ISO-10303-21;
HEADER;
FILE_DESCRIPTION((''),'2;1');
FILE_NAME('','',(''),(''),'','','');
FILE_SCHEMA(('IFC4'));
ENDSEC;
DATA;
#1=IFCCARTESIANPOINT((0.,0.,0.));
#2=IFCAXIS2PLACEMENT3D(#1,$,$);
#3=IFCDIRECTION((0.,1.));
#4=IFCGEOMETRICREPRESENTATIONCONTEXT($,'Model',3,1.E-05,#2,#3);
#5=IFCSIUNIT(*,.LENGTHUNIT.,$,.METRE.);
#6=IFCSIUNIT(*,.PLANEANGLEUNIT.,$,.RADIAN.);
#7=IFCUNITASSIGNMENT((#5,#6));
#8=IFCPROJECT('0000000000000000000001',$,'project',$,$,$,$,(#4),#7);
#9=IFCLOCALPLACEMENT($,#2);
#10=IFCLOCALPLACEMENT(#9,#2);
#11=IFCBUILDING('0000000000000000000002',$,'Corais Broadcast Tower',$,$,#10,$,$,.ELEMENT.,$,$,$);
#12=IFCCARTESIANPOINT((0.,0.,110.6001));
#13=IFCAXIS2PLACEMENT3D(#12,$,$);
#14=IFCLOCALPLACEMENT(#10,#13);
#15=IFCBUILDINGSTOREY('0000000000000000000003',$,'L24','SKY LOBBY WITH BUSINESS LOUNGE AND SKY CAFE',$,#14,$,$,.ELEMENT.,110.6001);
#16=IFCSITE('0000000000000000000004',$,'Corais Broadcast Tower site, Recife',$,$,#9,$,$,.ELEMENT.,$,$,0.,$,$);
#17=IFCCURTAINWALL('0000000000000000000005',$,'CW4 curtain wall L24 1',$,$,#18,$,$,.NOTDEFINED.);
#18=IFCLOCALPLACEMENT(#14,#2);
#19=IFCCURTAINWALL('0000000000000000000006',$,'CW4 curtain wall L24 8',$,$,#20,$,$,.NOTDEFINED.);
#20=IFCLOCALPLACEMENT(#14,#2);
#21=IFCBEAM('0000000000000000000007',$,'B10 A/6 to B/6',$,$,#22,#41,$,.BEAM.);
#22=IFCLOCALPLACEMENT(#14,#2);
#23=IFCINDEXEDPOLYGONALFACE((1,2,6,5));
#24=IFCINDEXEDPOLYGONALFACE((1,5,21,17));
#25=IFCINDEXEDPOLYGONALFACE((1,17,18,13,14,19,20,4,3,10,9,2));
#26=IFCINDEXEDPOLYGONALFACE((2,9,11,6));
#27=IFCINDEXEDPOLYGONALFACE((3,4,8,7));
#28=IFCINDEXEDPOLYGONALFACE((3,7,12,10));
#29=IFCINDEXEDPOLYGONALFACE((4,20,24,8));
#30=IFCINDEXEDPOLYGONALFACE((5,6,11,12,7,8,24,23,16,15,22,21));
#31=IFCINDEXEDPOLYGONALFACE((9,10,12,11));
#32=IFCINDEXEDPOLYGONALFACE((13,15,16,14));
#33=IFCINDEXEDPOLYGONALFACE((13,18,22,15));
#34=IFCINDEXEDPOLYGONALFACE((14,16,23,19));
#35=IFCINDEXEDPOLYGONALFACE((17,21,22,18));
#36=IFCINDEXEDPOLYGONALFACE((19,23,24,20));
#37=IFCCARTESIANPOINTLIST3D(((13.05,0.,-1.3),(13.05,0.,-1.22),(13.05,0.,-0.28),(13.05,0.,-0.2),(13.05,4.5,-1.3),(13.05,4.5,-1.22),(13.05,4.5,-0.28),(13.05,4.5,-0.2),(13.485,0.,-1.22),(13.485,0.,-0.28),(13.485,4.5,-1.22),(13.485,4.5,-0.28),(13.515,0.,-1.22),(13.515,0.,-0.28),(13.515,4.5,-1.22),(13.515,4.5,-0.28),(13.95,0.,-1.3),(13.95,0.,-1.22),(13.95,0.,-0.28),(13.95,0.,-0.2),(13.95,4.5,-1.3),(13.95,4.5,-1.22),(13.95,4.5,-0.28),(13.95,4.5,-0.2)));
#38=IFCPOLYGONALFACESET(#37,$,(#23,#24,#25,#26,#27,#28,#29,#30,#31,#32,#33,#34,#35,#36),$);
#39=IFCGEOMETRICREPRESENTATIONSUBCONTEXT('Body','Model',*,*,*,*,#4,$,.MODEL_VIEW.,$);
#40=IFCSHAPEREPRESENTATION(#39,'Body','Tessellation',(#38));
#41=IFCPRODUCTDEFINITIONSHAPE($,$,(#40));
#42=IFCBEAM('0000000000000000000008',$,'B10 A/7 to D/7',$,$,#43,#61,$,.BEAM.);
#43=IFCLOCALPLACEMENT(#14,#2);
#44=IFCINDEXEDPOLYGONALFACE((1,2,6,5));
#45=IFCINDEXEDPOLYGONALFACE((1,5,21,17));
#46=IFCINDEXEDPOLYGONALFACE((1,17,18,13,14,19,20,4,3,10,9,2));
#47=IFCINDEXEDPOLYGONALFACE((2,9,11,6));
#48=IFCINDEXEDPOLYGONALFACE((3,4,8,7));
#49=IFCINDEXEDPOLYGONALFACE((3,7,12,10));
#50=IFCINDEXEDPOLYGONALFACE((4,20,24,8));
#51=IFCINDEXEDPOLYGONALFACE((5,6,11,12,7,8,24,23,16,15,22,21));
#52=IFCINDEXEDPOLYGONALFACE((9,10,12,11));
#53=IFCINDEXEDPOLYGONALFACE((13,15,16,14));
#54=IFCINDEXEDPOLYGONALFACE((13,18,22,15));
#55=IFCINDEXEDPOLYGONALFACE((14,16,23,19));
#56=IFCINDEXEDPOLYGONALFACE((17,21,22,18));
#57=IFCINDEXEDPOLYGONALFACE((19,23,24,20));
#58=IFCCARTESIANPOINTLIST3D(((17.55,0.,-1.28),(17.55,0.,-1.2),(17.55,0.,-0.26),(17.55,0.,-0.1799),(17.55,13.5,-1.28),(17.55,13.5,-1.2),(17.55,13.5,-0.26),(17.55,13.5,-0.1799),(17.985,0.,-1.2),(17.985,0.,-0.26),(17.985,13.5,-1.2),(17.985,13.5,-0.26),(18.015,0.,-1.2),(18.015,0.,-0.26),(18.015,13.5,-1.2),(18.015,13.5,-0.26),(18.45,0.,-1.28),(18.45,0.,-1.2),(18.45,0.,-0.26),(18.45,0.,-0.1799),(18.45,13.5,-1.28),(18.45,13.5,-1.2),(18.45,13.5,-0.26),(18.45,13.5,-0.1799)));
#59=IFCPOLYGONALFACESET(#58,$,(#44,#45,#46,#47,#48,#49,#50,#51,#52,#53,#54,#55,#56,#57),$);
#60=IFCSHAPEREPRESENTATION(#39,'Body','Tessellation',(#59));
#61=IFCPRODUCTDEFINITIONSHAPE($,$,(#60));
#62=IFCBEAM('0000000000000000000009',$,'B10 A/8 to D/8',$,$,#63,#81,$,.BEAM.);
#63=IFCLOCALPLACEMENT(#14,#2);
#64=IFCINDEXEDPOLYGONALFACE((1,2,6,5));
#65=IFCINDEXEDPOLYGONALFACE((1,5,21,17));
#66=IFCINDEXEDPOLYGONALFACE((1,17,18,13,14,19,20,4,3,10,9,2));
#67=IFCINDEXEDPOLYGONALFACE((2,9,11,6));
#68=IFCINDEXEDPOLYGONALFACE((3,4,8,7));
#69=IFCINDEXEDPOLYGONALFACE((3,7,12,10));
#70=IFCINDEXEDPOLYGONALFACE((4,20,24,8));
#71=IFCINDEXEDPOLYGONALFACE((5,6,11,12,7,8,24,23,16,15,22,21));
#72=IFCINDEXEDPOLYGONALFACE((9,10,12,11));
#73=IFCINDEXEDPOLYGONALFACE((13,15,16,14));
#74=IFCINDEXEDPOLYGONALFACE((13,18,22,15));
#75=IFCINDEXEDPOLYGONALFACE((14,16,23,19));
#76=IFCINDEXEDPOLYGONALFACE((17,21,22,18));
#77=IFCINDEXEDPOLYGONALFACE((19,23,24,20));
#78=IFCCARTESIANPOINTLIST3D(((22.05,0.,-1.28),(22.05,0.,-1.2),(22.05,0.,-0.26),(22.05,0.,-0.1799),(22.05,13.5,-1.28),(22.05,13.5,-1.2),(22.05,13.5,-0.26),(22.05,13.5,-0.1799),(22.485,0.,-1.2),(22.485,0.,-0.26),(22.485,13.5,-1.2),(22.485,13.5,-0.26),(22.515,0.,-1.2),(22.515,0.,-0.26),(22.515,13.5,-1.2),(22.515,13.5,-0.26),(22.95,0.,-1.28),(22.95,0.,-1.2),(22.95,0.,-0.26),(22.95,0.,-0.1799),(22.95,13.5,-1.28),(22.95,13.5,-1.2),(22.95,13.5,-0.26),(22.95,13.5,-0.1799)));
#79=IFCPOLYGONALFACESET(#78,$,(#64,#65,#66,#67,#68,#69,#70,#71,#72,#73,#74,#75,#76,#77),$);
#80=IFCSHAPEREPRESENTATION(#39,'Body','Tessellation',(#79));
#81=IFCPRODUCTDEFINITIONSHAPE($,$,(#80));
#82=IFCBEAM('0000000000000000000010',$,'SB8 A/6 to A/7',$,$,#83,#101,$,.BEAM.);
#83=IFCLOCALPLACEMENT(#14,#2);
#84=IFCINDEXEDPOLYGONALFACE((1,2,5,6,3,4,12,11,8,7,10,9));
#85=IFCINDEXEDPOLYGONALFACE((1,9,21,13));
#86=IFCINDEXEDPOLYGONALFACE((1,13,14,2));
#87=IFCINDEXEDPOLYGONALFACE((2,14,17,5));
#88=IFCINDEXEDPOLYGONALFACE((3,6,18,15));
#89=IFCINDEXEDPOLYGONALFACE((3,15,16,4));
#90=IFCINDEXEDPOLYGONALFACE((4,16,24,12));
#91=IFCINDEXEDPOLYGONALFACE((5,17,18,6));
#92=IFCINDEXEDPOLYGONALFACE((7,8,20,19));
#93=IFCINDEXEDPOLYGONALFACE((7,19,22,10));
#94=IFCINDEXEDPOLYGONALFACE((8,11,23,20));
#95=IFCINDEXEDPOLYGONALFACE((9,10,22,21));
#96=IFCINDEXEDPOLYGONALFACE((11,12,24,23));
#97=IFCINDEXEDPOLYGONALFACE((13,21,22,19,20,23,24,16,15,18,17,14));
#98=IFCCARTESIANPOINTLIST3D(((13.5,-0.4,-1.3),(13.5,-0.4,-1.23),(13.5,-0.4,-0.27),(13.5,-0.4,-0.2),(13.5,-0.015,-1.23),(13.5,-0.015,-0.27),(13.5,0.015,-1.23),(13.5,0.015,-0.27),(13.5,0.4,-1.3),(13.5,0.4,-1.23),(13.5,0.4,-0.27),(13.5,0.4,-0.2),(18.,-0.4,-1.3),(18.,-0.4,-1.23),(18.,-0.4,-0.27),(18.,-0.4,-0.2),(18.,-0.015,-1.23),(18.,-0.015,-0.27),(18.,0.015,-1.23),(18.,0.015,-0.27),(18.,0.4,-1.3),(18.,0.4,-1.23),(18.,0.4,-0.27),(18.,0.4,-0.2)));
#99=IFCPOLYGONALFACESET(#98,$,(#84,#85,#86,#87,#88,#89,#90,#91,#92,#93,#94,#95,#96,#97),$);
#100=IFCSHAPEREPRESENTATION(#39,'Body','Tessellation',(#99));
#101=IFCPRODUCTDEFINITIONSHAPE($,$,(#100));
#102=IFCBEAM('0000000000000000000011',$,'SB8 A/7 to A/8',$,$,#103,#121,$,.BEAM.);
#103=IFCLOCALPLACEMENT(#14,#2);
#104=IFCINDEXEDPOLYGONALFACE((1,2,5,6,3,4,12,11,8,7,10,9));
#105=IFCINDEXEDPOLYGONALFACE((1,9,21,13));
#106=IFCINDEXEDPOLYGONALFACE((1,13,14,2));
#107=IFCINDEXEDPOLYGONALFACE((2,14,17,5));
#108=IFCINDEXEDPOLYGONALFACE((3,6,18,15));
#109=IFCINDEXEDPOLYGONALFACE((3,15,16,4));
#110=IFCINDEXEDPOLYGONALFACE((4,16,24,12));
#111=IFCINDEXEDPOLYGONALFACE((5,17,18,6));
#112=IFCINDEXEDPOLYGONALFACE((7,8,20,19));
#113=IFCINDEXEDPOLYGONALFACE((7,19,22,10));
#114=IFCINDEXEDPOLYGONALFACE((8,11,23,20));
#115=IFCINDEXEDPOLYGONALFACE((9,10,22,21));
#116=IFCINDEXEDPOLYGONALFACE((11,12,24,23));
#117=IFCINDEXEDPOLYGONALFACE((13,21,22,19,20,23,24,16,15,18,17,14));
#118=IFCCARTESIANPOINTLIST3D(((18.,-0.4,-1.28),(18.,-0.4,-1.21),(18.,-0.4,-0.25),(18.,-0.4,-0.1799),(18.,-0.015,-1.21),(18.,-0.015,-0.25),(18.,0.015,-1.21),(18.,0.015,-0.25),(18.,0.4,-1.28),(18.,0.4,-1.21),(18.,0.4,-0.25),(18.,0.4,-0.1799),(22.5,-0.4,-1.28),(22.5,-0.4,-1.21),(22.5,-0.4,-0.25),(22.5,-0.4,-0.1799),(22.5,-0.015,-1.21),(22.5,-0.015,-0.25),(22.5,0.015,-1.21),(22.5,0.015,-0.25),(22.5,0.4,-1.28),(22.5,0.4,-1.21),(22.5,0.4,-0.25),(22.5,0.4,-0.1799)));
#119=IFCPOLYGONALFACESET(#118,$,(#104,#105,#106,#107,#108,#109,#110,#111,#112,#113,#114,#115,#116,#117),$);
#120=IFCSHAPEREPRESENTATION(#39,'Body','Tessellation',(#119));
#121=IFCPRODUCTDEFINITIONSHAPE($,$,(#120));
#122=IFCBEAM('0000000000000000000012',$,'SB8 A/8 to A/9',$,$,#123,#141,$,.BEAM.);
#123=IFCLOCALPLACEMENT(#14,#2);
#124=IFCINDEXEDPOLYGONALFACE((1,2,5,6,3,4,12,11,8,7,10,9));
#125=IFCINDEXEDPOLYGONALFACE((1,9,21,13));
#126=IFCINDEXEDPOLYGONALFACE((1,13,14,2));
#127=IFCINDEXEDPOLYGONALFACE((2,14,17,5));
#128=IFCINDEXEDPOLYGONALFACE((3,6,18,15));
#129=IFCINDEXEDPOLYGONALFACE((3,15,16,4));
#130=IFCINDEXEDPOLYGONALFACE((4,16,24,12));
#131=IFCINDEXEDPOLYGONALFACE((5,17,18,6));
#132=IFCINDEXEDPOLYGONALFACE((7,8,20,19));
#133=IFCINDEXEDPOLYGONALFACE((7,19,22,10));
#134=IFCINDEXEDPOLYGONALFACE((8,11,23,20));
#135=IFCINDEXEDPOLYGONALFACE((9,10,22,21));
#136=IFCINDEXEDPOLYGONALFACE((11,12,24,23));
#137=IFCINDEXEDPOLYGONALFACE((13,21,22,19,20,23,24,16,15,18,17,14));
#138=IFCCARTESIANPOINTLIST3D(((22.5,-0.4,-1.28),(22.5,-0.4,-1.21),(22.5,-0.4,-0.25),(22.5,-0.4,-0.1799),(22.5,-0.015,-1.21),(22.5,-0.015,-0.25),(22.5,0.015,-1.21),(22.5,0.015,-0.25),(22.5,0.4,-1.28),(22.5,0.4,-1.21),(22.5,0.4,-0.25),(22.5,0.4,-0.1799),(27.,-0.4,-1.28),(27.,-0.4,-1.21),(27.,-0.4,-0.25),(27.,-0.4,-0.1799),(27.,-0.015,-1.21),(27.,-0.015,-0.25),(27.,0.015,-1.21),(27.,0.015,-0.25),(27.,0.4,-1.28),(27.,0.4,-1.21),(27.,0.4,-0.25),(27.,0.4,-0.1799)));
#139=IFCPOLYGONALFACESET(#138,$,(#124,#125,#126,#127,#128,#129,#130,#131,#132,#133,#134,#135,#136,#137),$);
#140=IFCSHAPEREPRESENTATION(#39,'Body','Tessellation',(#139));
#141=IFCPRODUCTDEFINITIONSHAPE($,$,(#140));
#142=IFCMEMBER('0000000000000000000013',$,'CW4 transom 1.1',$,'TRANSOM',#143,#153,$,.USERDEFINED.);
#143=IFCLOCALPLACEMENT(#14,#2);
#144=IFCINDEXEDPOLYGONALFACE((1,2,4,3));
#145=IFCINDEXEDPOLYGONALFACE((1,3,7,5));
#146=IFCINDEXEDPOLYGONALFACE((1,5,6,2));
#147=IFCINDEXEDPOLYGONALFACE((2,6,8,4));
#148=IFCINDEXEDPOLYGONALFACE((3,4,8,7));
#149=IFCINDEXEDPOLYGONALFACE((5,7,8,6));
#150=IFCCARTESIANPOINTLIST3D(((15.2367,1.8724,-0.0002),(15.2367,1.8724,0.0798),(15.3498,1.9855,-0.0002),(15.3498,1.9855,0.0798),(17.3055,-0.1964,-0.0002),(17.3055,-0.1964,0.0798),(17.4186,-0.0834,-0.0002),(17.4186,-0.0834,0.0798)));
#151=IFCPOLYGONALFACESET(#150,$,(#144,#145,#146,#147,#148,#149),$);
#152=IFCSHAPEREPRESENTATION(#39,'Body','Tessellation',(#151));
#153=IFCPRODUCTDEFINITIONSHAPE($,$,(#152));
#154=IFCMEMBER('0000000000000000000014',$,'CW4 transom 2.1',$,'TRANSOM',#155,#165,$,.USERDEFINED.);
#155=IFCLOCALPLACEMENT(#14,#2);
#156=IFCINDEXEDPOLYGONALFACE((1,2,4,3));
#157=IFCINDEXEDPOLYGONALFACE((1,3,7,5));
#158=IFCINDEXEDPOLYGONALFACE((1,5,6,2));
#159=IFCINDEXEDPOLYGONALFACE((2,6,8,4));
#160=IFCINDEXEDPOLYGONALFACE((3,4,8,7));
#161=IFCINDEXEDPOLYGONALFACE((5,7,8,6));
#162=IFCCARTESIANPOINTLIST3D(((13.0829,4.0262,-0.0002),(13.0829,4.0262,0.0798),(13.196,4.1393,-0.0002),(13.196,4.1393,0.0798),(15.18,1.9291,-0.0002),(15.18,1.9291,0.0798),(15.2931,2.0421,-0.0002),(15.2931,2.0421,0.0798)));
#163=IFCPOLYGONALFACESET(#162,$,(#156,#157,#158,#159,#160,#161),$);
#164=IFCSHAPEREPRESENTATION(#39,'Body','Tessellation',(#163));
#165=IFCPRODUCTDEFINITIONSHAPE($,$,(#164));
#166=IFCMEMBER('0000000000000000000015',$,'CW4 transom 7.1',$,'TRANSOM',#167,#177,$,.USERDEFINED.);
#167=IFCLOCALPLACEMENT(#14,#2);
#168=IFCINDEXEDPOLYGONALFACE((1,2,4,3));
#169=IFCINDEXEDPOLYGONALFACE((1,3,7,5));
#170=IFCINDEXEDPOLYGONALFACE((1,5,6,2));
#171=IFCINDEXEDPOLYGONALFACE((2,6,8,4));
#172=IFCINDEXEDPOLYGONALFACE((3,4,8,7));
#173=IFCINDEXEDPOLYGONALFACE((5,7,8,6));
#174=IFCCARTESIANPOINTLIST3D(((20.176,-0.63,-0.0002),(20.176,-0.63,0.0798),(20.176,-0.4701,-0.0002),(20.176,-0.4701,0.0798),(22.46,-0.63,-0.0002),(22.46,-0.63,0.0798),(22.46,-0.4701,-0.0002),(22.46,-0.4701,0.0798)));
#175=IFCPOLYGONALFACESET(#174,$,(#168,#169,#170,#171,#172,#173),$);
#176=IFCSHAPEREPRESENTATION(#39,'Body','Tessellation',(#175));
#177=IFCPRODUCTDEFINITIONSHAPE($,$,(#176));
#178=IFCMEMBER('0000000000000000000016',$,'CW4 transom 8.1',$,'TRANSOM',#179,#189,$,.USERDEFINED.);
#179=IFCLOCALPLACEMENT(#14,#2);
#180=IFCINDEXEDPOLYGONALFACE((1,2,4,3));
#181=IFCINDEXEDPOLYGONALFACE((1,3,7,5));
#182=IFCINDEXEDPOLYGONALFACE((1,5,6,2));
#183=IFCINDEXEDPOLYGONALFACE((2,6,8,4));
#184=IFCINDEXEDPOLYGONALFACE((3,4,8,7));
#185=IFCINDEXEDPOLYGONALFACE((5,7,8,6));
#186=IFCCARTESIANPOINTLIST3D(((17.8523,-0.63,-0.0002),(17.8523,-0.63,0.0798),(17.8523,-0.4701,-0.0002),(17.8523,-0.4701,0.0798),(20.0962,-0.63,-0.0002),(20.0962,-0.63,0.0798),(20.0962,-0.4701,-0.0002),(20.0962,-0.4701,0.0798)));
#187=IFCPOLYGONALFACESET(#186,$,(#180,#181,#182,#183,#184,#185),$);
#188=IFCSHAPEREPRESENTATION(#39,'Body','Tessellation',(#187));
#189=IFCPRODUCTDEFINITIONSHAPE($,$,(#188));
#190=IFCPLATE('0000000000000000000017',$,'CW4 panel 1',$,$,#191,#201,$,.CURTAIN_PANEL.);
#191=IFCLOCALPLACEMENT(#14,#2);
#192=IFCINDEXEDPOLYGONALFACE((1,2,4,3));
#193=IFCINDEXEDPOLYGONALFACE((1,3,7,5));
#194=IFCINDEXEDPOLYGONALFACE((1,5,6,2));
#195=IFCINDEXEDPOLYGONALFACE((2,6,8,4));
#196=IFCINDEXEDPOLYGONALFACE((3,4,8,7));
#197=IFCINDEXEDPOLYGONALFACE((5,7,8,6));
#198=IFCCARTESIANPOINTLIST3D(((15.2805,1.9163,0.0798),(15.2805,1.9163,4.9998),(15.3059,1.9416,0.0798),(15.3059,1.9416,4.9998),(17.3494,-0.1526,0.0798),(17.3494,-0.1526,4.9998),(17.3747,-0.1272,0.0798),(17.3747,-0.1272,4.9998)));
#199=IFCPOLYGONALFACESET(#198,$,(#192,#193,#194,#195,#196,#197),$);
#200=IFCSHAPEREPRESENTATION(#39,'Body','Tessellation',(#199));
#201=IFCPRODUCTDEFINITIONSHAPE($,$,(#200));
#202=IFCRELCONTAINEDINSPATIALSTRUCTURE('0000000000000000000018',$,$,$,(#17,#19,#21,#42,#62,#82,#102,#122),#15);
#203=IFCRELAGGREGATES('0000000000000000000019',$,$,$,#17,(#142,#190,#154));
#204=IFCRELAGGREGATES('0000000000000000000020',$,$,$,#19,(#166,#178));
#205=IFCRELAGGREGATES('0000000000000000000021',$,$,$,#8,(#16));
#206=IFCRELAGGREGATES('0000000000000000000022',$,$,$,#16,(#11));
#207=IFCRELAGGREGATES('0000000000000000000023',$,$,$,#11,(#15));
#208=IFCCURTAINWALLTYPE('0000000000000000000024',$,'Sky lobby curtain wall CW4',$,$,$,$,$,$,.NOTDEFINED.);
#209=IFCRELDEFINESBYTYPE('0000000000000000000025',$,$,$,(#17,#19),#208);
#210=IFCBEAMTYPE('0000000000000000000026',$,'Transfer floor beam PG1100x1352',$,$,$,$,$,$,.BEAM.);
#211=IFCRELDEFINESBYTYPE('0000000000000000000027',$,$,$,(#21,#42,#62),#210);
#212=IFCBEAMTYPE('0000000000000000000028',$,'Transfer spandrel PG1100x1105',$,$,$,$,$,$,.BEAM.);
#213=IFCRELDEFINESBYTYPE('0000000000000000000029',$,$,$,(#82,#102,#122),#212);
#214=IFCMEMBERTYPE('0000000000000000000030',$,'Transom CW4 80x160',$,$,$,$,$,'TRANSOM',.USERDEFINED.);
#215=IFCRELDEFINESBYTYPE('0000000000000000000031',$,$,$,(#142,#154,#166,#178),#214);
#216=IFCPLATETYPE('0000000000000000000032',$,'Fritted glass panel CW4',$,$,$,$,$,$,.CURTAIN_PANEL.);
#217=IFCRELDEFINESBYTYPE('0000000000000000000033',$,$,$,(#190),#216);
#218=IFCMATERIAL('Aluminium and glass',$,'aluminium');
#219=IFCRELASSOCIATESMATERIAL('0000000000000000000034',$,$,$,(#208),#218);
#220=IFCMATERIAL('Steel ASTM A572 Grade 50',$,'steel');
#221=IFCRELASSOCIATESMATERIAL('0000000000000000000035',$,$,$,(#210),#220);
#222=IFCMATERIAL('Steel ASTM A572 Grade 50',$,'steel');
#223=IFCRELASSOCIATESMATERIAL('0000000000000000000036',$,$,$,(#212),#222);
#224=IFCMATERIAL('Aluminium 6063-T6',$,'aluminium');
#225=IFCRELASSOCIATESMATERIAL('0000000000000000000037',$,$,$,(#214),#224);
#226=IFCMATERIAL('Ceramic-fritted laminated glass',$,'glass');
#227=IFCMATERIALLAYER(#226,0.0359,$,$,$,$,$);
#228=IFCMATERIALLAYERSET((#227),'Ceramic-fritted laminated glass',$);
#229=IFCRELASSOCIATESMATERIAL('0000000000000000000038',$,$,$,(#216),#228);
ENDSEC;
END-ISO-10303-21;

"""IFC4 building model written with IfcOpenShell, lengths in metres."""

from ifc_helpers import new_model, si_unit, direction, frame, origin, origin_2d, place, context, subcontext, project, spatial, rectangle, i_section, extrude, material, layer, layer_set, material_profile, profile_set, type_object, element, aggregate, save


model = new_model("IFC4")

# Units and contexts
model_context = context("Model", 3, precision=1e-05, world=origin(), true_north=direction((0.0, 1.0)))
body_context = subcontext(model_context, "Body", "Model", "MODEL_VIEW")
ifc_project = project(units=[si_unit("LENGTHUNIT", "METRE"), si_unit("PLANEANGLEUNIT", "RADIAN")], contexts=[model_context])

# Site, building, storey
site_placement = place(None, origin())
site = spatial("IfcSite", under=ifc_project, at=site_placement, Name="Corais Broadcast Tower site, Recife", CompositionType="ELEMENT", RefElevation=0.0)
building_placement = place(site_placement, origin())
building = spatial("IfcBuilding", under=site, at=building_placement, Name="Corais Broadcast Tower", CompositionType="ELEMENT")
storey_placement = place(building_placement, frame((0.0, 0.0, 110.6001)))
storey = spatial("IfcBuildingStorey", under=building, at=storey_placement, Name="L24", Description="SKY LOBBY WITH BUSINESS LOUNGE AND SKY CAFE", CompositionType="ELEMENT", Elevation=110.6001)

# Curtain walls
ifc_material_1 = material(Name="Aluminium and glass", Category="aluminium")
curtain_wall_type = type_object("IfcCurtainWallType", Name="Sky lobby curtain wall CW4", PredefinedType="NOTDEFINED", material=ifc_material_1)
curtain_wall_1_placement = place(storey_placement, origin())
curtain_wall_1 = element("IfcCurtainWall", 1, at=curtain_wall_1_placement, inside=storey, type_object=curtain_wall_type, Name="CW4 curtain wall L24 1", PredefinedType="NOTDEFINED")
curtain_wall_2_placement = place(storey_placement, origin())
curtain_wall_2 = element("IfcCurtainWall", 2, at=curtain_wall_2_placement, inside=storey, type_object=curtain_wall_type, Name="CW4 curtain wall L24 8", PredefinedType="NOTDEFINED")

# Beams
ifc_material_2 = material(Name="Steel ASTM A572 Grade 50", Category="steel")
ifc_material_profile_1 = material_profile(ifc_material_2, i_section(OverallWidth=0.8999, OverallDepth=1.1001, WebThickness=0.03, FlangeThickness=0.0801, at=origin_2d()), Name="PG1100x1352")
ifc_profile_set_1 = profile_set([ifc_material_profile_1], Name="Steel ASTM A572 Grade 50")
beam_type_1 = type_object("IfcBeamType", Name="Transfer floor beam PG1100x1352", PredefinedType="BEAM", material=ifc_profile_set_1)
beam_1_placement = place(storey_placement, frame((13.5, 0.0, -0.75), z_axis=(0.0, 1.0, 0.0), x_axis=(-1.0, 0.0, 0.0)))
element("IfcBeam", 3, at=beam_1_placement, inside=storey, type_object=beam_type_1, Name="B10 A/6 to B/6", PredefinedType="BEAM", context=body_context, shape_type="SweptSolid", body=[
    extrude(i_section(OverallWidth=0.8999, OverallDepth=1.1001, WebThickness=0.03, FlangeThickness=0.0801, at=origin_2d()), origin(), (0.0, 0.0, 1.0), 4.5),
])
for number, where, z_axis, x_axis, name in (
    (4, (18.0, 0.0, -0.73), (0.0, 1.0, 0.0), (-1.0, 0.0, 0.0), "B10 A/7 to D/7"),
    (5, (22.5, 0.0, -0.73), (0.0, 1.0, 0.0), (-1.0, 0.0, 0.0), "B10 A/8 to D/8"),
):
    element("IfcBeam", number, at=place(storey_placement, frame(where, z_axis=z_axis, x_axis=x_axis)), inside=storey, type_object=beam_type_1, Name=name, PredefinedType="BEAM", context=body_context, shape_type="SweptSolid", body=[
        extrude(i_section(OverallWidth=0.8999, OverallDepth=1.1001, WebThickness=0.03, FlangeThickness=0.0801, at=origin_2d()), origin(), (0.0, 0.0, 1.0), 13.5),
    ])
ifc_material_3 = material(Name="Steel ASTM A572 Grade 50", Category="steel")
ifc_material_profile_2 = material_profile(ifc_material_3, i_section(OverallWidth=0.8, OverallDepth=1.1001, WebThickness=0.03, FlangeThickness=0.0701, at=origin_2d()), Name="PG1100x1105")
ifc_profile_set_2 = profile_set([ifc_material_profile_2], Name="Steel ASTM A572 Grade 50")
beam_type_2 = type_object("IfcBeamType", Name="Transfer spandrel PG1100x1105", PredefinedType="BEAM", material=ifc_profile_set_2)
for number, where, z_axis, x_axis, name in (
    (6, (13.5, 0.0, -0.75), (1.0, 0.0, 0.0), (0.0, 1.0, 0.0), "SB8 A/6 to A/7"),
    (7, (18.0, 0.0, -0.73), (1.0, 0.0, 0.0), (0.0, 1.0, 0.0), "SB8 A/7 to A/8"),
    (8, (22.5, 0.0, -0.73), (1.0, 0.0, 0.0), (0.0, 1.0, 0.0), "SB8 A/8 to A/9"),
):
    element("IfcBeam", number, at=place(storey_placement, frame(where, z_axis=z_axis, x_axis=x_axis)), inside=storey, type_object=beam_type_2, Name=name, PredefinedType="BEAM", context=body_context, shape_type="SweptSolid", body=[
        extrude(i_section(OverallWidth=0.8, OverallDepth=1.1001, WebThickness=0.03, FlangeThickness=0.0701, at=origin_2d()), origin(), (0.0, 0.0, 1.0), 4.5),
    ])

# Members
ifc_material_4 = material(Name="Aluminium 6063-T6", Category="aluminium")
ifc_material_profile_3 = material_profile(ifc_material_4, rectangle(XDim=0.1599, YDim=0.0801, at=origin_2d()), Name="Transom CW4 80x160")
ifc_profile_set_3 = profile_set([ifc_material_profile_3], Name="Aluminium 6063-T6")
member_type_1 = type_object("IfcMemberType", Name="Transom CW4 80x160", ElementType="TRANSOM", PredefinedType="USERDEFINED", material=ifc_profile_set_3)
member_1_placement = place(storey_placement, frame((17.3621, -0.1399, 0.0398), z_axis=(-0.707107, 0.707107, 0.0), x_axis=(-0.707107, -0.707107, 0.0)))
member_1 = element("IfcMember", 9, at=member_1_placement, type_object=member_type_1, Name="CW4 transom 1.1", ObjectType="TRANSOM", PredefinedType="USERDEFINED", context=body_context, shape_type="SweptSolid", body=[
    extrude(rectangle(XDim=0.1599, YDim=0.0801, at=origin_2d()), origin(), (0.0, 0.0, 1.0), 2.9258),
])
member_2_placement = place(storey_placement, frame((15.2366, 1.9856, 0.0398), z_axis=(-0.707107, 0.707107, 0.0), x_axis=(-0.707107, -0.707107, 0.0)))
member_2 = element("IfcMember", 10, at=member_2_placement, type_object=member_type_1, Name="CW4 transom 2.1", ObjectType="TRANSOM", PredefinedType="USERDEFINED", context=body_context, shape_type="SweptSolid", body=[
    extrude(rectangle(XDim=0.1599, YDim=0.0801, at=origin_2d()), origin(), (0.0, 0.0, 1.0), 2.9658),
])
member_3_placement = place(storey_placement, frame((22.46, -0.55, 0.0398), z_axis=(-1.0, 0.0, 0.0), x_axis=(0.0, -1.0, 0.0)))
member_3 = element("IfcMember", 11, at=member_3_placement, type_object=member_type_1, Name="CW4 transom 7.1", ObjectType="TRANSOM", PredefinedType="USERDEFINED", context=body_context, shape_type="SweptSolid", body=[
    extrude(rectangle(XDim=0.1599, YDim=0.0801, at=origin_2d()), origin(), (0.0, 0.0, 1.0), 2.2839),
])
member_4_placement = place(storey_placement, frame((20.0962, -0.55, 0.0398), z_axis=(-1.0, 0.0, 0.0), x_axis=(0.0, -1.0, 0.0)))
member_4 = element("IfcMember", 12, at=member_4_placement, type_object=member_type_1, Name="CW4 transom 8.1", ObjectType="TRANSOM", PredefinedType="USERDEFINED", context=body_context, shape_type="SweptSolid", body=[
    extrude(rectangle(XDim=0.1599, YDim=0.0801, at=origin_2d()), origin(), (0.0, 0.0, 1.0), 2.2439),
])

# Plate
ifc_material_5 = material(Name="Ceramic-fritted laminated glass", Category="glass")
ifc_layer_1 = layer(ifc_material_5, 0.0359)
ifc_layer_set_1 = layer_set([ifc_layer_1], Name="Ceramic-fritted laminated glass")
plate_type_1 = type_object("IfcPlateType", Name="Fritted glass panel CW4", PredefinedType="CURTAIN_PANEL", material=ifc_layer_set_1)
plate_1_placement = place(storey_placement, frame((16.3276, 0.8945, 0.0798), z_axis=(0.0, 0.0, 1.0), x_axis=(-0.707107, 0.707107, 0.0)))
plate_1 = element("IfcPlate", 13, at=plate_1_placement, type_object=plate_type_1, Name="CW4 panel 1", PredefinedType="CURTAIN_PANEL", context=body_context, shape_type="SweptSolid", body=[
    extrude(rectangle(XDim=2.9258, YDim=0.0359, at=origin_2d()), origin(), (0.0, 0.0, 1.0), 4.9199),
])
aggregate(curtain_wall_1, [member_1, plate_1, member_2])
aggregate(curtain_wall_2, [member_3, member_4])

save(model, "model.ifc")
